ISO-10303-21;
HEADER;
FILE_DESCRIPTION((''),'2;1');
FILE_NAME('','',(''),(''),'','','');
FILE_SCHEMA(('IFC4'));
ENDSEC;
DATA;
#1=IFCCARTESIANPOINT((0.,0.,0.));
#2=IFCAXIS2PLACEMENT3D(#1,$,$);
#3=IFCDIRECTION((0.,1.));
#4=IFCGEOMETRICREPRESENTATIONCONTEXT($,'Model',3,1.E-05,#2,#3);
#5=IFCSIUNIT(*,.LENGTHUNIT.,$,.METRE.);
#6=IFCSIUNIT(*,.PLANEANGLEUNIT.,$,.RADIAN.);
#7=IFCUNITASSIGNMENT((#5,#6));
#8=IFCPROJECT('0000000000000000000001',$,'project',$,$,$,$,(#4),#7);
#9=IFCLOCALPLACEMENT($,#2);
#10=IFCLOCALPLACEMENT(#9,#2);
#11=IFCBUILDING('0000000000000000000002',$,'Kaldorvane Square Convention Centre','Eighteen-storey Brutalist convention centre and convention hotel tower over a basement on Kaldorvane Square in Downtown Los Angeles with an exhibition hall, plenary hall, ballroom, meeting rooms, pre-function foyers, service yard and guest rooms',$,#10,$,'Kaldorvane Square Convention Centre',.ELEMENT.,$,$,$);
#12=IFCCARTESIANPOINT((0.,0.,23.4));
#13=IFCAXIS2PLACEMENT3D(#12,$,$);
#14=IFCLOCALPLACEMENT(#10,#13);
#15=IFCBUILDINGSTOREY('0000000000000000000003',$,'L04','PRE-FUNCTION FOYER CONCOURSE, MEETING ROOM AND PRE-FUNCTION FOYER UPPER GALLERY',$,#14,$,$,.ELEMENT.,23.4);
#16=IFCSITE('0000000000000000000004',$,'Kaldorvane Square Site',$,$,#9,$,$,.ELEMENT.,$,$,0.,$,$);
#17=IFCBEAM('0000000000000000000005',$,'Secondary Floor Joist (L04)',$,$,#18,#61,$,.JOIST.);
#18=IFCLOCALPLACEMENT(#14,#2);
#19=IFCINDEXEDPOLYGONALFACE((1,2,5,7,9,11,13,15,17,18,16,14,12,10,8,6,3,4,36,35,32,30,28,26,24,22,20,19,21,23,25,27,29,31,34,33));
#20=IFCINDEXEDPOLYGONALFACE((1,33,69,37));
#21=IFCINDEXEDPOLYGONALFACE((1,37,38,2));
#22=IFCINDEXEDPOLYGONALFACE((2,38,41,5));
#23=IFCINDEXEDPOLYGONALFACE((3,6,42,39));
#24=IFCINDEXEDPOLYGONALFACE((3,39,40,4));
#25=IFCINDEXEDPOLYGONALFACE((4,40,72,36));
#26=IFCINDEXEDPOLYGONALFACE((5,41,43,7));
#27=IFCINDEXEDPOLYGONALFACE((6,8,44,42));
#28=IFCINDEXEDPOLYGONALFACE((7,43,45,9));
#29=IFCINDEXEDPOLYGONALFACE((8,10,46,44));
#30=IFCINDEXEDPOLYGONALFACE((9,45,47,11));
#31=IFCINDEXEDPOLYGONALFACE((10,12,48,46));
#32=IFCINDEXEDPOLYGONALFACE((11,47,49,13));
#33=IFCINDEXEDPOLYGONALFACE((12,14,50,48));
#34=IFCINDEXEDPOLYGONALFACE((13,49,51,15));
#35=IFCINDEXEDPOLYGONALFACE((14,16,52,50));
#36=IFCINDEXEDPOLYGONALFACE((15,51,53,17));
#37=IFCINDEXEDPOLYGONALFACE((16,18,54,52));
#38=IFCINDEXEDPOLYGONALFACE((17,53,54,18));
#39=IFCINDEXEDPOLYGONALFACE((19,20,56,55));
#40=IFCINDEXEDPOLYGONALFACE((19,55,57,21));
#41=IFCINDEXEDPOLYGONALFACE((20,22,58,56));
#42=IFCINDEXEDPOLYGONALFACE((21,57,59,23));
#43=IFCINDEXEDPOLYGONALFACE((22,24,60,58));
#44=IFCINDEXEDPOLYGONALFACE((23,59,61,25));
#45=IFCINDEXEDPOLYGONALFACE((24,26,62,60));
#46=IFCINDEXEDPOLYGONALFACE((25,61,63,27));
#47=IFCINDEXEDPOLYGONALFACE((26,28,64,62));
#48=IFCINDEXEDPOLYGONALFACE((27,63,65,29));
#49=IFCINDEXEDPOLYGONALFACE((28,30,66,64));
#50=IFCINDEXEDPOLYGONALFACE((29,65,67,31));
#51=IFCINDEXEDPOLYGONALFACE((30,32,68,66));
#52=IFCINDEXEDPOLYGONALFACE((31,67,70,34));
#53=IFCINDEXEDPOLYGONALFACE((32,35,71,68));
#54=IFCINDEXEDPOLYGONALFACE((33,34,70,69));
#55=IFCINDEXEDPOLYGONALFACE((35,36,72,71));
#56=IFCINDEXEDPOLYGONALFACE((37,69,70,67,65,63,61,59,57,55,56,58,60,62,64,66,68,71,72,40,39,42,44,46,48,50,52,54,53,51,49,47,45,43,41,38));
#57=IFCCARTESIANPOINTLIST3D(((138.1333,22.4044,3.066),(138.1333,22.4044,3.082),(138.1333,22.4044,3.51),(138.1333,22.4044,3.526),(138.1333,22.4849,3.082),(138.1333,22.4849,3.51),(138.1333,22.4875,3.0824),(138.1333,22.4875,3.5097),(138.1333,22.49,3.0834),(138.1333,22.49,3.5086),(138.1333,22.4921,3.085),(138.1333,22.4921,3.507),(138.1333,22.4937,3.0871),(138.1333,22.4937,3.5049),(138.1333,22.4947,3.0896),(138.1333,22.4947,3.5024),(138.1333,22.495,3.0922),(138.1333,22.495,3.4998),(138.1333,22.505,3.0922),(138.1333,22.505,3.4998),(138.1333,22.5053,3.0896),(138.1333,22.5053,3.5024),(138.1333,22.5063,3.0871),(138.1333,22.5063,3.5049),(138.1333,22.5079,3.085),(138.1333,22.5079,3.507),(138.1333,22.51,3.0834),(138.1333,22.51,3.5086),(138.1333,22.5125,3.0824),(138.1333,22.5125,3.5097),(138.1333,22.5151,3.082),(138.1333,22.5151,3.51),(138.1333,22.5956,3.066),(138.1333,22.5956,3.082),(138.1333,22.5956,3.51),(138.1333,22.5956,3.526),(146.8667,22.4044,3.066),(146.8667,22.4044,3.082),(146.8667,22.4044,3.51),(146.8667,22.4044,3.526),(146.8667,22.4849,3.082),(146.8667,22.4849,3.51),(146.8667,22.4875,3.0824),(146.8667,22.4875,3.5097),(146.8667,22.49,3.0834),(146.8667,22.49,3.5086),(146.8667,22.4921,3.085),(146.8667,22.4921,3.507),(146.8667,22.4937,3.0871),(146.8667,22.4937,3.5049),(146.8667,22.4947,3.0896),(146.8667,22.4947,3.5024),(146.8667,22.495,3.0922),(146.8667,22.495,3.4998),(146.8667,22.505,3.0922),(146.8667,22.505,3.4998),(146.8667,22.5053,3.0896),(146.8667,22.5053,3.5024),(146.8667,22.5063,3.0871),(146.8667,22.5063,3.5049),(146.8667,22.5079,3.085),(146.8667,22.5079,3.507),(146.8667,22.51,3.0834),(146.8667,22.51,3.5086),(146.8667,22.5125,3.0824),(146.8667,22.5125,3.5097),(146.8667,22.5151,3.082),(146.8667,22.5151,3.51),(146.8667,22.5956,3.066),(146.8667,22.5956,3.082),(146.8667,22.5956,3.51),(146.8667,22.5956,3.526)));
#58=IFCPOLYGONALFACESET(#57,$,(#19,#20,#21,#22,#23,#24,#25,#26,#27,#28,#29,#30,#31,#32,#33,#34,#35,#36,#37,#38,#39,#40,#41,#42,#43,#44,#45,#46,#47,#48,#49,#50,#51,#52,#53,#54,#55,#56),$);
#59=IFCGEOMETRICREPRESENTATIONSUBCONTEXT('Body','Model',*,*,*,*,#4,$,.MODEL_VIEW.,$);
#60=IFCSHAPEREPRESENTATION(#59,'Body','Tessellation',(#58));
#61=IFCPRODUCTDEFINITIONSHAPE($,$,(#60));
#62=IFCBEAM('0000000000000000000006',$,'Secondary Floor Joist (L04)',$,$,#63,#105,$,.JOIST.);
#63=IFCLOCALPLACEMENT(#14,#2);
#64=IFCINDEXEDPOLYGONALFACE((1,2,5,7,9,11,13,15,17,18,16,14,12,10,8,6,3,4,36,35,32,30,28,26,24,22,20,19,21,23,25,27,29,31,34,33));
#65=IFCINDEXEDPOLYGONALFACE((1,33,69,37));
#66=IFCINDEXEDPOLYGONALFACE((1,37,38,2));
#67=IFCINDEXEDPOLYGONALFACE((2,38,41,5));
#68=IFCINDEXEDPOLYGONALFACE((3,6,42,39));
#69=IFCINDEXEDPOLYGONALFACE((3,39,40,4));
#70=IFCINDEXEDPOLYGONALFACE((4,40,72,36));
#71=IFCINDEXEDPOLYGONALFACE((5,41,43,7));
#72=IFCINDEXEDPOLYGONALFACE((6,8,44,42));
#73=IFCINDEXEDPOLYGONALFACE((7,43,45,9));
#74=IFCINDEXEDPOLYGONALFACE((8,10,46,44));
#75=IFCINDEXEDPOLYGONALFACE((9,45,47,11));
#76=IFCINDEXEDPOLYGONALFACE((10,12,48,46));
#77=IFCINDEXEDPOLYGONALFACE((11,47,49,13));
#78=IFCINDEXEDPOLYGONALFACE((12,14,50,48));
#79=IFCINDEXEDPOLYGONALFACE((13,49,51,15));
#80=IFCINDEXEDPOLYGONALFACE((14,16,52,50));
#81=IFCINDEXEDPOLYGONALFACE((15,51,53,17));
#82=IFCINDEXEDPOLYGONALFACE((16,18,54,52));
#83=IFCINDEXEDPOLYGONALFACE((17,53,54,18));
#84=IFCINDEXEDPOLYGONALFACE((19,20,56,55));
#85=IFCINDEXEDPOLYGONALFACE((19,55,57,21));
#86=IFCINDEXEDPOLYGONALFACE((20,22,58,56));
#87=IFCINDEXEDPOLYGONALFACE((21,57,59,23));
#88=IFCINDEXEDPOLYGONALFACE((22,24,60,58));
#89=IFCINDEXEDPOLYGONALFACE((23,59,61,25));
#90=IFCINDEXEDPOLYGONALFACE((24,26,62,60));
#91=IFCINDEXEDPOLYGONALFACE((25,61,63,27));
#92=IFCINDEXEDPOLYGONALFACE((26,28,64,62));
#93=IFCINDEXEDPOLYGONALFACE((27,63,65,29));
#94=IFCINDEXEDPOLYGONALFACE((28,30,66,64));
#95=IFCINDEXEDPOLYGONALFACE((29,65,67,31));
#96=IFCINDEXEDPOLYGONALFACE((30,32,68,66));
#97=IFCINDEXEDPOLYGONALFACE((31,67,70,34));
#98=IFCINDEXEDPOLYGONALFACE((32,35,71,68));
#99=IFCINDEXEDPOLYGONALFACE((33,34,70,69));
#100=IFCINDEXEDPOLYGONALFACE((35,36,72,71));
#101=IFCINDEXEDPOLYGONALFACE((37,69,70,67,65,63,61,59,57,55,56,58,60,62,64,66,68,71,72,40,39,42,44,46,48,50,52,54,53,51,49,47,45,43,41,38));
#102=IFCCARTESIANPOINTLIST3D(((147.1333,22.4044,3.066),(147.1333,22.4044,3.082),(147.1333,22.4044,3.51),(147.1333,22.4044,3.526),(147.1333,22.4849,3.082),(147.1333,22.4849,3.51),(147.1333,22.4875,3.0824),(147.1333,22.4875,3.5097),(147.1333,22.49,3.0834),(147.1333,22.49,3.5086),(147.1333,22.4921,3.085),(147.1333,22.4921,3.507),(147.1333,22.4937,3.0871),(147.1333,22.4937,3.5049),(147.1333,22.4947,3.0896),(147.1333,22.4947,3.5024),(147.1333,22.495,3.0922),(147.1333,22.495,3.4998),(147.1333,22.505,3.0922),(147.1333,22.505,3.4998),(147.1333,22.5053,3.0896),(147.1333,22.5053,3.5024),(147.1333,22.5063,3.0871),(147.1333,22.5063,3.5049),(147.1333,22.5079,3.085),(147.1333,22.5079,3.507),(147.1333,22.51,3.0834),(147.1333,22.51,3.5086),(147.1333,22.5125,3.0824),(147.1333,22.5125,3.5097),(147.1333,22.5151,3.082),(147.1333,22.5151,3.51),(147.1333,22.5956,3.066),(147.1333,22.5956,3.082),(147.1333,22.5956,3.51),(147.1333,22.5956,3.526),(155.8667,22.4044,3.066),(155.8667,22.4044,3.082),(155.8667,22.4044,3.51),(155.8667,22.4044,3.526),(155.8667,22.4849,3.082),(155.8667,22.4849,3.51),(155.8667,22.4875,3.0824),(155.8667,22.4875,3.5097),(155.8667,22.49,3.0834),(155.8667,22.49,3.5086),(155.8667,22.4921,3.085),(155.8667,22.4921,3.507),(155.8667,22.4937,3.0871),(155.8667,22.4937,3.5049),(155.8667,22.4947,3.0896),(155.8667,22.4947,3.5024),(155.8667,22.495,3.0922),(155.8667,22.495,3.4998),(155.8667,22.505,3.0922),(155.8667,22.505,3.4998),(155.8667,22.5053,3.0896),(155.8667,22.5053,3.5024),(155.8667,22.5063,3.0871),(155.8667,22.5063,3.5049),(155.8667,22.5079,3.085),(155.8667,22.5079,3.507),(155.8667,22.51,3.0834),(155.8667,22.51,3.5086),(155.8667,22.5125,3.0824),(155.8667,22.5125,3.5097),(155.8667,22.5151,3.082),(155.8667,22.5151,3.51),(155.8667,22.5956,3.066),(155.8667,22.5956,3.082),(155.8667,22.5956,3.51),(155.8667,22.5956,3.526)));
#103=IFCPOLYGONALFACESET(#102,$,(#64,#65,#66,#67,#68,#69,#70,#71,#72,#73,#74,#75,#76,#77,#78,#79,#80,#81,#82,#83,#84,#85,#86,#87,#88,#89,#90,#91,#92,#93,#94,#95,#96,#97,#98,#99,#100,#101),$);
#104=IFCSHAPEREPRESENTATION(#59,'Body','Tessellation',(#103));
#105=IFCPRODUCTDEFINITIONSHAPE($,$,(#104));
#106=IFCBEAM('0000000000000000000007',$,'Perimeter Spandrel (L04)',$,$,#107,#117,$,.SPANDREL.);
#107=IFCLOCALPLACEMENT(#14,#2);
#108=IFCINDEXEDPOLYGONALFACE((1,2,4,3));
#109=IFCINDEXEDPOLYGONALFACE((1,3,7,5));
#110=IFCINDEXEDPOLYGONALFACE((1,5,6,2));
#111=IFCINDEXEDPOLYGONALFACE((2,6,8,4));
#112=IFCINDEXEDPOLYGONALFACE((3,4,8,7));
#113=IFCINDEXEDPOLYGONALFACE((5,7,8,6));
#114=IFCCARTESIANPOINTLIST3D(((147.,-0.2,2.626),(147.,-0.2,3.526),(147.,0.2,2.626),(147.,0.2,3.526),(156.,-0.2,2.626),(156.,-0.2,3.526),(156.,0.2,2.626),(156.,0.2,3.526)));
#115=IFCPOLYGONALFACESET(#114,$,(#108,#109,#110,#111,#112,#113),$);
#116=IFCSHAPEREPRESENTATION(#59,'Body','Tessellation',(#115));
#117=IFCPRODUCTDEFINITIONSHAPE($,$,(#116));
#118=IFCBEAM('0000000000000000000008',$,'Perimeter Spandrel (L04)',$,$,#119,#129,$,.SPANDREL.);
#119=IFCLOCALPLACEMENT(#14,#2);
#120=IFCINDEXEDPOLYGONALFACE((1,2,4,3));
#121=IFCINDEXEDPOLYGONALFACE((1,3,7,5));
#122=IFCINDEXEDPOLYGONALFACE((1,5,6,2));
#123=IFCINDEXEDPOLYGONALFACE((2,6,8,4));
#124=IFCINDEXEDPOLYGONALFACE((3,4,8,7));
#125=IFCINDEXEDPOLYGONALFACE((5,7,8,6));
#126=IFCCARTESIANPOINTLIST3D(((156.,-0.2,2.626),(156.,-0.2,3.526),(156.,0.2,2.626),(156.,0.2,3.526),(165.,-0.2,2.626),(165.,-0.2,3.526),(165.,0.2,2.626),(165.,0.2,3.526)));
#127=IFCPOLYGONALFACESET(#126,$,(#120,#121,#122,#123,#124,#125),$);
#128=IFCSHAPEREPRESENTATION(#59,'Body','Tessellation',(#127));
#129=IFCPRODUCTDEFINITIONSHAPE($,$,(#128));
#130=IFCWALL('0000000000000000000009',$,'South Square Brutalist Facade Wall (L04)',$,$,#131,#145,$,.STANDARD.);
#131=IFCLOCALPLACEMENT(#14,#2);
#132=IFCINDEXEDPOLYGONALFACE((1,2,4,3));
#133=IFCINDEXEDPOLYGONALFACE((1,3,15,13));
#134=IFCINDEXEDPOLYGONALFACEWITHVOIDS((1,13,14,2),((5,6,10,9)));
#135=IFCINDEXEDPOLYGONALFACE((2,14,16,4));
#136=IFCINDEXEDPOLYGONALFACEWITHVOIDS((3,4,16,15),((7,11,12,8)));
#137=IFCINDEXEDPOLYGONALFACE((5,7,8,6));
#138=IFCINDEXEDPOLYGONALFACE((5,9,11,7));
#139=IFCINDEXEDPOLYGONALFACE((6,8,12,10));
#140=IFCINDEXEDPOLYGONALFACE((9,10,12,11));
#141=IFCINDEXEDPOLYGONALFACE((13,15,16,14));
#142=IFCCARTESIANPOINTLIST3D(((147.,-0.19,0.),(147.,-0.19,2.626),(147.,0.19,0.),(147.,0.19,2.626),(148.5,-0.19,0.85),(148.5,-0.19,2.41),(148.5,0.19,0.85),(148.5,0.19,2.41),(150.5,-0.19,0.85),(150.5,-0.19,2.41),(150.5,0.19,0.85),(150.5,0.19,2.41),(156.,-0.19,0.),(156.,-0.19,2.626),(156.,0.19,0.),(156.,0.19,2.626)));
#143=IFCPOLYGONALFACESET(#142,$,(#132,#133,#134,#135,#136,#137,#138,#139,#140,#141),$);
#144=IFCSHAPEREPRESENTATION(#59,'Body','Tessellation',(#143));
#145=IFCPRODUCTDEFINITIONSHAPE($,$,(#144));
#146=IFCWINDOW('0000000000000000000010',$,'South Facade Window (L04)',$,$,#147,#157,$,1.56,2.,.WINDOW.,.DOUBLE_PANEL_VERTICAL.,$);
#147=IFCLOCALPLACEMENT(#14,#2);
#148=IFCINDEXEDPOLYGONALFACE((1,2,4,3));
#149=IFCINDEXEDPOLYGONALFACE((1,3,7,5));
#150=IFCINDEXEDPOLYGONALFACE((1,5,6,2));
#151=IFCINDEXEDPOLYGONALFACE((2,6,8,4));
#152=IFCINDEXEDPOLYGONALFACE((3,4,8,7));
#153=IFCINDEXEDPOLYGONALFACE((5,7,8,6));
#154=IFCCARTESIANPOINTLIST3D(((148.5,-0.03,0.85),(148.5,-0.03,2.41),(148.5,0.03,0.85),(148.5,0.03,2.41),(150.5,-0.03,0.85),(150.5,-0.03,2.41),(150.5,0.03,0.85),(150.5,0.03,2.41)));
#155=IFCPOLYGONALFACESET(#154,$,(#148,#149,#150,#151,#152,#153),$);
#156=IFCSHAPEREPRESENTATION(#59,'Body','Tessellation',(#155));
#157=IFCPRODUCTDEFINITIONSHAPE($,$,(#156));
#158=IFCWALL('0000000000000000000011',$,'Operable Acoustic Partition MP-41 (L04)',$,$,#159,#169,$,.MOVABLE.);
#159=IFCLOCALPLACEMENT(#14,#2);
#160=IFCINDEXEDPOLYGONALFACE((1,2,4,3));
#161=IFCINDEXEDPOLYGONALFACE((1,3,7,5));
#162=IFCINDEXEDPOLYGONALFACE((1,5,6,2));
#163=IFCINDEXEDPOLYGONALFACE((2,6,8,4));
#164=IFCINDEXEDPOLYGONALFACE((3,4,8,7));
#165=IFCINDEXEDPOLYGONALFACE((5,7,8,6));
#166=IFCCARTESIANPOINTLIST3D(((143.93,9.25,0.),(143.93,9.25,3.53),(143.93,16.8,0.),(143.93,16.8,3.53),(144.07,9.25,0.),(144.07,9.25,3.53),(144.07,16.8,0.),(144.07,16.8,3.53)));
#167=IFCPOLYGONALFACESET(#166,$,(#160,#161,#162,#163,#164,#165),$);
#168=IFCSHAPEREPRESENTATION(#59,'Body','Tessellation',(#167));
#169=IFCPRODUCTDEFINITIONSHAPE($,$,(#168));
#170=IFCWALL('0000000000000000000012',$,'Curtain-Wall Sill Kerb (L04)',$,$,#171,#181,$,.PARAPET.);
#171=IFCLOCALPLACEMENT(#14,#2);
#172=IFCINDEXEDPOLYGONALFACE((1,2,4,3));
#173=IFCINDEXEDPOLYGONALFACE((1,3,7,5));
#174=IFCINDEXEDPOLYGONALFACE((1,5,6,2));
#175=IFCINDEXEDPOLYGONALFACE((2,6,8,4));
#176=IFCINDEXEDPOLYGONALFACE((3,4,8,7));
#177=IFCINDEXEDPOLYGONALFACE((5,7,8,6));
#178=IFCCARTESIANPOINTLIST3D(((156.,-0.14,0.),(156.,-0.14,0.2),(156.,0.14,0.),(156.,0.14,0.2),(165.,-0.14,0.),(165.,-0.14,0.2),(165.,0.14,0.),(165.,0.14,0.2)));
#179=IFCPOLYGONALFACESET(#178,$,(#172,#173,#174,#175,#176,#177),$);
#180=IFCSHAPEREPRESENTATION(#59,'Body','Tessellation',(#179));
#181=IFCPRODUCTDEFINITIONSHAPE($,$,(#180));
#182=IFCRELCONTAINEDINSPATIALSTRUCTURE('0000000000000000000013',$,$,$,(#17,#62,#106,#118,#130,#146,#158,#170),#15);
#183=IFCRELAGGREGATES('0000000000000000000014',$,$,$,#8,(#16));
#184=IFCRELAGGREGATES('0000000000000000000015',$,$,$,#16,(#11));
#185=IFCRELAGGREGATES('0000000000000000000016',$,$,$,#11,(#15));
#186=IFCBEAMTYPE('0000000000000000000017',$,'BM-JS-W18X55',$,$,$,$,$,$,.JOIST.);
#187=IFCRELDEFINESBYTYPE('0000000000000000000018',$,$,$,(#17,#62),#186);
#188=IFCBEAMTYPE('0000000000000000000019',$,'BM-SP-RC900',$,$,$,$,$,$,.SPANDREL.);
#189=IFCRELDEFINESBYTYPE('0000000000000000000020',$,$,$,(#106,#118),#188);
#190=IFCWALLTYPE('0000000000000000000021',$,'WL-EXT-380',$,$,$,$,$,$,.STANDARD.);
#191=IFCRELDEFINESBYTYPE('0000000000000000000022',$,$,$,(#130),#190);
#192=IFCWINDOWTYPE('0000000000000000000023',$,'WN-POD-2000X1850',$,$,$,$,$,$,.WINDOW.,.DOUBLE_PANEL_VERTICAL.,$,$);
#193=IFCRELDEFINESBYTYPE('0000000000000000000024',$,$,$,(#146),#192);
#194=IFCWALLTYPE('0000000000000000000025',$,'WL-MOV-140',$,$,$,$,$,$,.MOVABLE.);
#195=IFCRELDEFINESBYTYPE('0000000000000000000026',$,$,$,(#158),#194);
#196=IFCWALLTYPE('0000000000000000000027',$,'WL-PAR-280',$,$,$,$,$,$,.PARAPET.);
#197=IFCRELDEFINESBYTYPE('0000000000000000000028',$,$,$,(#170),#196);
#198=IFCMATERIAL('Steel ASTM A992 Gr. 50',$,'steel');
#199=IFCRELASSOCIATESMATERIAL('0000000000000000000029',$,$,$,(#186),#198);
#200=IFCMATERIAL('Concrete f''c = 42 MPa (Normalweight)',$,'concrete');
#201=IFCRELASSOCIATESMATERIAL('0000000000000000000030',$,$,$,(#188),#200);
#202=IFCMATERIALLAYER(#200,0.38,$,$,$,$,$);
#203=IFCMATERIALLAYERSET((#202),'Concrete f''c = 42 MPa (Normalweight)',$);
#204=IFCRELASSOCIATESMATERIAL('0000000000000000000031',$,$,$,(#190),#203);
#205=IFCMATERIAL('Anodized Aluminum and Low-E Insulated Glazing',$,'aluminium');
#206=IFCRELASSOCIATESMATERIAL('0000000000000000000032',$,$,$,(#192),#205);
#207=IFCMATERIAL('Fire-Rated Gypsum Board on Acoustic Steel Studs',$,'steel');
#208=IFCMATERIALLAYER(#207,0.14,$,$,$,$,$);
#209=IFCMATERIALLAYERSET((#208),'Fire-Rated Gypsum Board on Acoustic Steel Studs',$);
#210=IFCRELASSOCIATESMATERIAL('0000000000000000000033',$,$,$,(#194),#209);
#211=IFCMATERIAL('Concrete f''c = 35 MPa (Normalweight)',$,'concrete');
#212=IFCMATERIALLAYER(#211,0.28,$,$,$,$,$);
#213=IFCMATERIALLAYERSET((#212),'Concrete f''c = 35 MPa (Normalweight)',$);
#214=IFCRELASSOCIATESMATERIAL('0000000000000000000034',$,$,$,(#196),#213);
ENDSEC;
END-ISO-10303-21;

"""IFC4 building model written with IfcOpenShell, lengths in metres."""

from ifc_helpers import new_model, si_unit, direction, frame, frame_2d, origin, origin_2d, place, context, subcontext, project, spatial, rectangle, i_section, extrude, material, layer, layer_set, material_profile, profile_set, type_object, element, fill, save


model = new_model("IFC4")

# Units and contexts
model_context = context("Model", 3, precision=1e-05, world=origin(), true_north=direction((0.0, 1.0)))
body_context = subcontext(model_context, "Body", "Model", "MODEL_VIEW")
ifc_project = project(units=[si_unit("LENGTHUNIT", "METRE"), si_unit("PLANEANGLEUNIT", "RADIAN")], contexts=[model_context])

# Site, building, storey
site_placement = place(None, origin())
site = spatial("IfcSite", under=ifc_project, at=site_placement, Name="Kaldorvane Square Site", CompositionType="ELEMENT", RefElevation=0.0)
building_placement = place(site_placement, origin())
building = spatial("IfcBuilding", under=site, at=building_placement, Name="Kaldorvane Square Convention Centre", Description="Eighteen-storey Brutalist convention centre and convention hotel tower over a basement on Kaldorvane Square in Downtown Los Angeles with an exhibition hall, plenary hall, ballroom, meeting rooms, pre-function foyers, service yard and guest rooms", LongName="Kaldorvane Square Convention Centre", CompositionType="ELEMENT")
storey_placement = place(building_placement, frame((0.0, 0.0, 23.4)))
storey = spatial("IfcBuildingStorey", under=building, at=storey_placement, Name="L04", Description="PRE-FUNCTION FOYER CONCOURSE, MEETING ROOM AND PRE-FUNCTION FOYER UPPER GALLERY", CompositionType="ELEMENT", Elevation=23.4)

# Shared definitions
ifc_material_1 = material(Name="Steel ASTM A992 Gr. 50", Category="steel")

# Beams
ifc_material_profile_1 = material_profile(ifc_material_1, i_section(OverallWidth=0.1913, OverallDepth=0.46, WebThickness=0.0099, FlangeThickness=0.016, FilletRadius=0.0102, at=origin_2d()), Name="W18X55")
ifc_profile_set_1 = profile_set([ifc_material_profile_1], Name="Steel ASTM A992 Gr. 50")
beam_type_1 = type_object("IfcBeamType", Name="BM-JS-W18X55", PredefinedType="JOIST", material=ifc_profile_set_1)
for number, where, z_axis, x_axis, name in (
    (1, (138.1333, 22.5, 3.296), (1.0, 0.0, 0.0), (0.0, 1.0, 0.0), "Secondary Floor Joist (L04)"),
    (2, (147.1333, 22.5, 3.296), (1.0, 0.0, 0.0), (0.0, 1.0, 0.0), "Secondary Floor Joist (L04)"),
):
    element("IfcBeam", number, at=place(storey_placement, frame(where, z_axis=z_axis, x_axis=x_axis)), inside=storey, type_object=beam_type_1, Name=name, PredefinedType="JOIST", context=body_context, shape_type="SweptSolid", body=[
        extrude(i_section(OverallWidth=0.1913, OverallDepth=0.46, WebThickness=0.0099, FlangeThickness=0.016, FilletRadius=0.0102, at=origin_2d()), origin(), (0.0, 0.0, 1.0), 8.7334),
    ])
ifc_material_2 = material(Name="Concrete f'c = 42 MPa (Normalweight)", Category="concrete")
ifc_material_profile_2 = material_profile(ifc_material_2, rectangle(XDim=0.4, YDim=0.9, at=origin_2d()), Name="RCSP900X400")
ifc_profile_set_2 = profile_set([ifc_material_profile_2], Name="Concrete f'c = 42 MPa (Normalweight)")
beam_type_2 = type_object("IfcBeamType", Name="BM-SP-RC900", PredefinedType="SPANDREL", material=ifc_profile_set_2)
for number, where, z_axis, x_axis, name in (
    (3, (147.0, 0.0, 3.076), (1.0, 0.0, 0.0), (0.0, 1.0, 0.0), "Perimeter Spandrel (L04)"),
    (4, (156.0, 0.0, 3.076), (1.0, 0.0, 0.0), (0.0, 1.0, 0.0), "Perimeter Spandrel (L04)"),
):
    element("IfcBeam", number, at=place(storey_placement, frame(where, z_axis=z_axis, x_axis=x_axis)), inside=storey, type_object=beam_type_2, Name=name, PredefinedType="SPANDREL", context=body_context, shape_type="SweptSolid", body=[
        extrude(rectangle(XDim=0.4, YDim=0.9, at=origin_2d()), origin(), (0.0, 0.0, 1.0), 9.0),
    ])

# Wall, opening, window
ifc_layer_1 = layer(ifc_material_2, 0.38)
ifc_layer_set_1 = layer_set([ifc_layer_1], Name="Concrete f'c = 42 MPa (Normalweight)")
wall_type_1 = type_object("IfcWallType", Name="WL-EXT-380", PredefinedType="STANDARD", material=ifc_layer_set_1)
wall_1_placement = place(storey_placement, frame((147.0, 0.0, 0.0), z_axis=(0.0, 0.0, 1.0), x_axis=(1.0, 0.0, 0.0)))
wall_1 = element("IfcWall", 5, at=wall_1_placement, inside=storey, type_object=wall_type_1, Name="South Square Brutalist Facade Wall (L04)", PredefinedType="STANDARD", context=body_context, shape_type="SweptSolid", body=[
    extrude(rectangle(XDim=9.0, YDim=0.38, at=frame_2d((4.5, 0.0))), origin(), (0.0, 0.0, 1.0), 2.626),
])
opening_placement = place(wall_1_placement, frame((1.5, 0.0, 0.85)))
opening = element("IfcOpeningElement", 6, at=opening_placement, cuts=wall_1, PredefinedType="OPENING", context=body_context, shape_type="SweptSolid", body=[
    extrude(rectangle(XDim=2.0, YDim=1.56, at=frame_2d((1.0, 0.78))), frame((0.0, 0.205, 0.0), z_axis=(0.0, -1.0, 0.0), x_axis=(1.0, 0.0, 0.0)), (0.0, 0.0, 1.0), 0.41),
])
ifc_material_3 = material(Name="Anodized Aluminum and Low-E Insulated Glazing", Category="aluminium")
window_type = type_object("IfcWindowType", Name="WN-POD-2000X1850", PartitioningType="DOUBLE_PANEL_VERTICAL", PredefinedType="WINDOW", material=ifc_material_3)
window_placement = place(opening_placement, origin())
window = element("IfcWindow", 7, at=window_placement, inside=storey, type_object=window_type, Name="South Facade Window (L04)", OverallHeight=1.56, OverallWidth=2.0, PartitioningType="DOUBLE_PANEL_VERTICAL", PredefinedType="WINDOW", context=body_context, shape_type="SweptSolid", body=[
    extrude(rectangle(XDim=2.0, YDim=1.56, at=frame_2d((1.0, 0.78))), frame((0.0, 0.03, 0.0), z_axis=(0.0, -1.0, 0.0), x_axis=(1.0, 0.0, 0.0)), (0.0, 0.0, 1.0), 0.06),
])
fill(opening, window)

# Walls
ifc_material_4 = material(Name="Fire-Rated Gypsum Board on Acoustic Steel Studs", Category="steel")
ifc_layer_2 = layer(ifc_material_4, 0.14)
ifc_layer_set_2 = layer_set([ifc_layer_2], Name="Fire-Rated Gypsum Board on Acoustic Steel Studs")
wall_type_2 = type_object("IfcWallType", Name="WL-MOV-140", PredefinedType="MOVABLE", material=ifc_layer_set_2)
wall_2_placement = place(storey_placement, frame((144.0, 9.25, 0.0), z_axis=(0.0, 0.0, 1.0), x_axis=(0.0, 1.0, 0.0)))
element("IfcWall", 8, at=wall_2_placement, inside=storey, type_object=wall_type_2, Name="Operable Acoustic Partition MP-41 (L04)", PredefinedType="MOVABLE", context=body_context, shape_type="SweptSolid", body=[
    extrude(rectangle(XDim=7.55, YDim=0.14, at=frame_2d((3.775, 0.0))), origin(), (0.0, 0.0, 1.0), 3.53),
])
ifc_material_5 = material(Name="Concrete f'c = 35 MPa (Normalweight)", Category="concrete")
ifc_layer_3 = layer(ifc_material_5, 0.28)
ifc_layer_set_3 = layer_set([ifc_layer_3], Name="Concrete f'c = 35 MPa (Normalweight)")
wall_type_3 = type_object("IfcWallType", Name="WL-PAR-280", PredefinedType="PARAPET", material=ifc_layer_set_3)
wall_3_placement = place(storey_placement, frame((156.0, 0.0, 0.0), z_axis=(0.0, 0.0, 1.0), x_axis=(1.0, 0.0, 0.0)))
element("IfcWall", 9, at=wall_3_placement, inside=storey, type_object=wall_type_3, Name="Curtain-Wall Sill Kerb (L04)", PredefinedType="PARAPET", context=body_context, shape_type="SweptSolid", body=[
    extrude(rectangle(XDim=9.0, YDim=0.28, at=frame_2d((4.5, 0.0))), origin(), (0.0, 0.0, 1.0), 0.2),
])

save(model, "model.ifc")
